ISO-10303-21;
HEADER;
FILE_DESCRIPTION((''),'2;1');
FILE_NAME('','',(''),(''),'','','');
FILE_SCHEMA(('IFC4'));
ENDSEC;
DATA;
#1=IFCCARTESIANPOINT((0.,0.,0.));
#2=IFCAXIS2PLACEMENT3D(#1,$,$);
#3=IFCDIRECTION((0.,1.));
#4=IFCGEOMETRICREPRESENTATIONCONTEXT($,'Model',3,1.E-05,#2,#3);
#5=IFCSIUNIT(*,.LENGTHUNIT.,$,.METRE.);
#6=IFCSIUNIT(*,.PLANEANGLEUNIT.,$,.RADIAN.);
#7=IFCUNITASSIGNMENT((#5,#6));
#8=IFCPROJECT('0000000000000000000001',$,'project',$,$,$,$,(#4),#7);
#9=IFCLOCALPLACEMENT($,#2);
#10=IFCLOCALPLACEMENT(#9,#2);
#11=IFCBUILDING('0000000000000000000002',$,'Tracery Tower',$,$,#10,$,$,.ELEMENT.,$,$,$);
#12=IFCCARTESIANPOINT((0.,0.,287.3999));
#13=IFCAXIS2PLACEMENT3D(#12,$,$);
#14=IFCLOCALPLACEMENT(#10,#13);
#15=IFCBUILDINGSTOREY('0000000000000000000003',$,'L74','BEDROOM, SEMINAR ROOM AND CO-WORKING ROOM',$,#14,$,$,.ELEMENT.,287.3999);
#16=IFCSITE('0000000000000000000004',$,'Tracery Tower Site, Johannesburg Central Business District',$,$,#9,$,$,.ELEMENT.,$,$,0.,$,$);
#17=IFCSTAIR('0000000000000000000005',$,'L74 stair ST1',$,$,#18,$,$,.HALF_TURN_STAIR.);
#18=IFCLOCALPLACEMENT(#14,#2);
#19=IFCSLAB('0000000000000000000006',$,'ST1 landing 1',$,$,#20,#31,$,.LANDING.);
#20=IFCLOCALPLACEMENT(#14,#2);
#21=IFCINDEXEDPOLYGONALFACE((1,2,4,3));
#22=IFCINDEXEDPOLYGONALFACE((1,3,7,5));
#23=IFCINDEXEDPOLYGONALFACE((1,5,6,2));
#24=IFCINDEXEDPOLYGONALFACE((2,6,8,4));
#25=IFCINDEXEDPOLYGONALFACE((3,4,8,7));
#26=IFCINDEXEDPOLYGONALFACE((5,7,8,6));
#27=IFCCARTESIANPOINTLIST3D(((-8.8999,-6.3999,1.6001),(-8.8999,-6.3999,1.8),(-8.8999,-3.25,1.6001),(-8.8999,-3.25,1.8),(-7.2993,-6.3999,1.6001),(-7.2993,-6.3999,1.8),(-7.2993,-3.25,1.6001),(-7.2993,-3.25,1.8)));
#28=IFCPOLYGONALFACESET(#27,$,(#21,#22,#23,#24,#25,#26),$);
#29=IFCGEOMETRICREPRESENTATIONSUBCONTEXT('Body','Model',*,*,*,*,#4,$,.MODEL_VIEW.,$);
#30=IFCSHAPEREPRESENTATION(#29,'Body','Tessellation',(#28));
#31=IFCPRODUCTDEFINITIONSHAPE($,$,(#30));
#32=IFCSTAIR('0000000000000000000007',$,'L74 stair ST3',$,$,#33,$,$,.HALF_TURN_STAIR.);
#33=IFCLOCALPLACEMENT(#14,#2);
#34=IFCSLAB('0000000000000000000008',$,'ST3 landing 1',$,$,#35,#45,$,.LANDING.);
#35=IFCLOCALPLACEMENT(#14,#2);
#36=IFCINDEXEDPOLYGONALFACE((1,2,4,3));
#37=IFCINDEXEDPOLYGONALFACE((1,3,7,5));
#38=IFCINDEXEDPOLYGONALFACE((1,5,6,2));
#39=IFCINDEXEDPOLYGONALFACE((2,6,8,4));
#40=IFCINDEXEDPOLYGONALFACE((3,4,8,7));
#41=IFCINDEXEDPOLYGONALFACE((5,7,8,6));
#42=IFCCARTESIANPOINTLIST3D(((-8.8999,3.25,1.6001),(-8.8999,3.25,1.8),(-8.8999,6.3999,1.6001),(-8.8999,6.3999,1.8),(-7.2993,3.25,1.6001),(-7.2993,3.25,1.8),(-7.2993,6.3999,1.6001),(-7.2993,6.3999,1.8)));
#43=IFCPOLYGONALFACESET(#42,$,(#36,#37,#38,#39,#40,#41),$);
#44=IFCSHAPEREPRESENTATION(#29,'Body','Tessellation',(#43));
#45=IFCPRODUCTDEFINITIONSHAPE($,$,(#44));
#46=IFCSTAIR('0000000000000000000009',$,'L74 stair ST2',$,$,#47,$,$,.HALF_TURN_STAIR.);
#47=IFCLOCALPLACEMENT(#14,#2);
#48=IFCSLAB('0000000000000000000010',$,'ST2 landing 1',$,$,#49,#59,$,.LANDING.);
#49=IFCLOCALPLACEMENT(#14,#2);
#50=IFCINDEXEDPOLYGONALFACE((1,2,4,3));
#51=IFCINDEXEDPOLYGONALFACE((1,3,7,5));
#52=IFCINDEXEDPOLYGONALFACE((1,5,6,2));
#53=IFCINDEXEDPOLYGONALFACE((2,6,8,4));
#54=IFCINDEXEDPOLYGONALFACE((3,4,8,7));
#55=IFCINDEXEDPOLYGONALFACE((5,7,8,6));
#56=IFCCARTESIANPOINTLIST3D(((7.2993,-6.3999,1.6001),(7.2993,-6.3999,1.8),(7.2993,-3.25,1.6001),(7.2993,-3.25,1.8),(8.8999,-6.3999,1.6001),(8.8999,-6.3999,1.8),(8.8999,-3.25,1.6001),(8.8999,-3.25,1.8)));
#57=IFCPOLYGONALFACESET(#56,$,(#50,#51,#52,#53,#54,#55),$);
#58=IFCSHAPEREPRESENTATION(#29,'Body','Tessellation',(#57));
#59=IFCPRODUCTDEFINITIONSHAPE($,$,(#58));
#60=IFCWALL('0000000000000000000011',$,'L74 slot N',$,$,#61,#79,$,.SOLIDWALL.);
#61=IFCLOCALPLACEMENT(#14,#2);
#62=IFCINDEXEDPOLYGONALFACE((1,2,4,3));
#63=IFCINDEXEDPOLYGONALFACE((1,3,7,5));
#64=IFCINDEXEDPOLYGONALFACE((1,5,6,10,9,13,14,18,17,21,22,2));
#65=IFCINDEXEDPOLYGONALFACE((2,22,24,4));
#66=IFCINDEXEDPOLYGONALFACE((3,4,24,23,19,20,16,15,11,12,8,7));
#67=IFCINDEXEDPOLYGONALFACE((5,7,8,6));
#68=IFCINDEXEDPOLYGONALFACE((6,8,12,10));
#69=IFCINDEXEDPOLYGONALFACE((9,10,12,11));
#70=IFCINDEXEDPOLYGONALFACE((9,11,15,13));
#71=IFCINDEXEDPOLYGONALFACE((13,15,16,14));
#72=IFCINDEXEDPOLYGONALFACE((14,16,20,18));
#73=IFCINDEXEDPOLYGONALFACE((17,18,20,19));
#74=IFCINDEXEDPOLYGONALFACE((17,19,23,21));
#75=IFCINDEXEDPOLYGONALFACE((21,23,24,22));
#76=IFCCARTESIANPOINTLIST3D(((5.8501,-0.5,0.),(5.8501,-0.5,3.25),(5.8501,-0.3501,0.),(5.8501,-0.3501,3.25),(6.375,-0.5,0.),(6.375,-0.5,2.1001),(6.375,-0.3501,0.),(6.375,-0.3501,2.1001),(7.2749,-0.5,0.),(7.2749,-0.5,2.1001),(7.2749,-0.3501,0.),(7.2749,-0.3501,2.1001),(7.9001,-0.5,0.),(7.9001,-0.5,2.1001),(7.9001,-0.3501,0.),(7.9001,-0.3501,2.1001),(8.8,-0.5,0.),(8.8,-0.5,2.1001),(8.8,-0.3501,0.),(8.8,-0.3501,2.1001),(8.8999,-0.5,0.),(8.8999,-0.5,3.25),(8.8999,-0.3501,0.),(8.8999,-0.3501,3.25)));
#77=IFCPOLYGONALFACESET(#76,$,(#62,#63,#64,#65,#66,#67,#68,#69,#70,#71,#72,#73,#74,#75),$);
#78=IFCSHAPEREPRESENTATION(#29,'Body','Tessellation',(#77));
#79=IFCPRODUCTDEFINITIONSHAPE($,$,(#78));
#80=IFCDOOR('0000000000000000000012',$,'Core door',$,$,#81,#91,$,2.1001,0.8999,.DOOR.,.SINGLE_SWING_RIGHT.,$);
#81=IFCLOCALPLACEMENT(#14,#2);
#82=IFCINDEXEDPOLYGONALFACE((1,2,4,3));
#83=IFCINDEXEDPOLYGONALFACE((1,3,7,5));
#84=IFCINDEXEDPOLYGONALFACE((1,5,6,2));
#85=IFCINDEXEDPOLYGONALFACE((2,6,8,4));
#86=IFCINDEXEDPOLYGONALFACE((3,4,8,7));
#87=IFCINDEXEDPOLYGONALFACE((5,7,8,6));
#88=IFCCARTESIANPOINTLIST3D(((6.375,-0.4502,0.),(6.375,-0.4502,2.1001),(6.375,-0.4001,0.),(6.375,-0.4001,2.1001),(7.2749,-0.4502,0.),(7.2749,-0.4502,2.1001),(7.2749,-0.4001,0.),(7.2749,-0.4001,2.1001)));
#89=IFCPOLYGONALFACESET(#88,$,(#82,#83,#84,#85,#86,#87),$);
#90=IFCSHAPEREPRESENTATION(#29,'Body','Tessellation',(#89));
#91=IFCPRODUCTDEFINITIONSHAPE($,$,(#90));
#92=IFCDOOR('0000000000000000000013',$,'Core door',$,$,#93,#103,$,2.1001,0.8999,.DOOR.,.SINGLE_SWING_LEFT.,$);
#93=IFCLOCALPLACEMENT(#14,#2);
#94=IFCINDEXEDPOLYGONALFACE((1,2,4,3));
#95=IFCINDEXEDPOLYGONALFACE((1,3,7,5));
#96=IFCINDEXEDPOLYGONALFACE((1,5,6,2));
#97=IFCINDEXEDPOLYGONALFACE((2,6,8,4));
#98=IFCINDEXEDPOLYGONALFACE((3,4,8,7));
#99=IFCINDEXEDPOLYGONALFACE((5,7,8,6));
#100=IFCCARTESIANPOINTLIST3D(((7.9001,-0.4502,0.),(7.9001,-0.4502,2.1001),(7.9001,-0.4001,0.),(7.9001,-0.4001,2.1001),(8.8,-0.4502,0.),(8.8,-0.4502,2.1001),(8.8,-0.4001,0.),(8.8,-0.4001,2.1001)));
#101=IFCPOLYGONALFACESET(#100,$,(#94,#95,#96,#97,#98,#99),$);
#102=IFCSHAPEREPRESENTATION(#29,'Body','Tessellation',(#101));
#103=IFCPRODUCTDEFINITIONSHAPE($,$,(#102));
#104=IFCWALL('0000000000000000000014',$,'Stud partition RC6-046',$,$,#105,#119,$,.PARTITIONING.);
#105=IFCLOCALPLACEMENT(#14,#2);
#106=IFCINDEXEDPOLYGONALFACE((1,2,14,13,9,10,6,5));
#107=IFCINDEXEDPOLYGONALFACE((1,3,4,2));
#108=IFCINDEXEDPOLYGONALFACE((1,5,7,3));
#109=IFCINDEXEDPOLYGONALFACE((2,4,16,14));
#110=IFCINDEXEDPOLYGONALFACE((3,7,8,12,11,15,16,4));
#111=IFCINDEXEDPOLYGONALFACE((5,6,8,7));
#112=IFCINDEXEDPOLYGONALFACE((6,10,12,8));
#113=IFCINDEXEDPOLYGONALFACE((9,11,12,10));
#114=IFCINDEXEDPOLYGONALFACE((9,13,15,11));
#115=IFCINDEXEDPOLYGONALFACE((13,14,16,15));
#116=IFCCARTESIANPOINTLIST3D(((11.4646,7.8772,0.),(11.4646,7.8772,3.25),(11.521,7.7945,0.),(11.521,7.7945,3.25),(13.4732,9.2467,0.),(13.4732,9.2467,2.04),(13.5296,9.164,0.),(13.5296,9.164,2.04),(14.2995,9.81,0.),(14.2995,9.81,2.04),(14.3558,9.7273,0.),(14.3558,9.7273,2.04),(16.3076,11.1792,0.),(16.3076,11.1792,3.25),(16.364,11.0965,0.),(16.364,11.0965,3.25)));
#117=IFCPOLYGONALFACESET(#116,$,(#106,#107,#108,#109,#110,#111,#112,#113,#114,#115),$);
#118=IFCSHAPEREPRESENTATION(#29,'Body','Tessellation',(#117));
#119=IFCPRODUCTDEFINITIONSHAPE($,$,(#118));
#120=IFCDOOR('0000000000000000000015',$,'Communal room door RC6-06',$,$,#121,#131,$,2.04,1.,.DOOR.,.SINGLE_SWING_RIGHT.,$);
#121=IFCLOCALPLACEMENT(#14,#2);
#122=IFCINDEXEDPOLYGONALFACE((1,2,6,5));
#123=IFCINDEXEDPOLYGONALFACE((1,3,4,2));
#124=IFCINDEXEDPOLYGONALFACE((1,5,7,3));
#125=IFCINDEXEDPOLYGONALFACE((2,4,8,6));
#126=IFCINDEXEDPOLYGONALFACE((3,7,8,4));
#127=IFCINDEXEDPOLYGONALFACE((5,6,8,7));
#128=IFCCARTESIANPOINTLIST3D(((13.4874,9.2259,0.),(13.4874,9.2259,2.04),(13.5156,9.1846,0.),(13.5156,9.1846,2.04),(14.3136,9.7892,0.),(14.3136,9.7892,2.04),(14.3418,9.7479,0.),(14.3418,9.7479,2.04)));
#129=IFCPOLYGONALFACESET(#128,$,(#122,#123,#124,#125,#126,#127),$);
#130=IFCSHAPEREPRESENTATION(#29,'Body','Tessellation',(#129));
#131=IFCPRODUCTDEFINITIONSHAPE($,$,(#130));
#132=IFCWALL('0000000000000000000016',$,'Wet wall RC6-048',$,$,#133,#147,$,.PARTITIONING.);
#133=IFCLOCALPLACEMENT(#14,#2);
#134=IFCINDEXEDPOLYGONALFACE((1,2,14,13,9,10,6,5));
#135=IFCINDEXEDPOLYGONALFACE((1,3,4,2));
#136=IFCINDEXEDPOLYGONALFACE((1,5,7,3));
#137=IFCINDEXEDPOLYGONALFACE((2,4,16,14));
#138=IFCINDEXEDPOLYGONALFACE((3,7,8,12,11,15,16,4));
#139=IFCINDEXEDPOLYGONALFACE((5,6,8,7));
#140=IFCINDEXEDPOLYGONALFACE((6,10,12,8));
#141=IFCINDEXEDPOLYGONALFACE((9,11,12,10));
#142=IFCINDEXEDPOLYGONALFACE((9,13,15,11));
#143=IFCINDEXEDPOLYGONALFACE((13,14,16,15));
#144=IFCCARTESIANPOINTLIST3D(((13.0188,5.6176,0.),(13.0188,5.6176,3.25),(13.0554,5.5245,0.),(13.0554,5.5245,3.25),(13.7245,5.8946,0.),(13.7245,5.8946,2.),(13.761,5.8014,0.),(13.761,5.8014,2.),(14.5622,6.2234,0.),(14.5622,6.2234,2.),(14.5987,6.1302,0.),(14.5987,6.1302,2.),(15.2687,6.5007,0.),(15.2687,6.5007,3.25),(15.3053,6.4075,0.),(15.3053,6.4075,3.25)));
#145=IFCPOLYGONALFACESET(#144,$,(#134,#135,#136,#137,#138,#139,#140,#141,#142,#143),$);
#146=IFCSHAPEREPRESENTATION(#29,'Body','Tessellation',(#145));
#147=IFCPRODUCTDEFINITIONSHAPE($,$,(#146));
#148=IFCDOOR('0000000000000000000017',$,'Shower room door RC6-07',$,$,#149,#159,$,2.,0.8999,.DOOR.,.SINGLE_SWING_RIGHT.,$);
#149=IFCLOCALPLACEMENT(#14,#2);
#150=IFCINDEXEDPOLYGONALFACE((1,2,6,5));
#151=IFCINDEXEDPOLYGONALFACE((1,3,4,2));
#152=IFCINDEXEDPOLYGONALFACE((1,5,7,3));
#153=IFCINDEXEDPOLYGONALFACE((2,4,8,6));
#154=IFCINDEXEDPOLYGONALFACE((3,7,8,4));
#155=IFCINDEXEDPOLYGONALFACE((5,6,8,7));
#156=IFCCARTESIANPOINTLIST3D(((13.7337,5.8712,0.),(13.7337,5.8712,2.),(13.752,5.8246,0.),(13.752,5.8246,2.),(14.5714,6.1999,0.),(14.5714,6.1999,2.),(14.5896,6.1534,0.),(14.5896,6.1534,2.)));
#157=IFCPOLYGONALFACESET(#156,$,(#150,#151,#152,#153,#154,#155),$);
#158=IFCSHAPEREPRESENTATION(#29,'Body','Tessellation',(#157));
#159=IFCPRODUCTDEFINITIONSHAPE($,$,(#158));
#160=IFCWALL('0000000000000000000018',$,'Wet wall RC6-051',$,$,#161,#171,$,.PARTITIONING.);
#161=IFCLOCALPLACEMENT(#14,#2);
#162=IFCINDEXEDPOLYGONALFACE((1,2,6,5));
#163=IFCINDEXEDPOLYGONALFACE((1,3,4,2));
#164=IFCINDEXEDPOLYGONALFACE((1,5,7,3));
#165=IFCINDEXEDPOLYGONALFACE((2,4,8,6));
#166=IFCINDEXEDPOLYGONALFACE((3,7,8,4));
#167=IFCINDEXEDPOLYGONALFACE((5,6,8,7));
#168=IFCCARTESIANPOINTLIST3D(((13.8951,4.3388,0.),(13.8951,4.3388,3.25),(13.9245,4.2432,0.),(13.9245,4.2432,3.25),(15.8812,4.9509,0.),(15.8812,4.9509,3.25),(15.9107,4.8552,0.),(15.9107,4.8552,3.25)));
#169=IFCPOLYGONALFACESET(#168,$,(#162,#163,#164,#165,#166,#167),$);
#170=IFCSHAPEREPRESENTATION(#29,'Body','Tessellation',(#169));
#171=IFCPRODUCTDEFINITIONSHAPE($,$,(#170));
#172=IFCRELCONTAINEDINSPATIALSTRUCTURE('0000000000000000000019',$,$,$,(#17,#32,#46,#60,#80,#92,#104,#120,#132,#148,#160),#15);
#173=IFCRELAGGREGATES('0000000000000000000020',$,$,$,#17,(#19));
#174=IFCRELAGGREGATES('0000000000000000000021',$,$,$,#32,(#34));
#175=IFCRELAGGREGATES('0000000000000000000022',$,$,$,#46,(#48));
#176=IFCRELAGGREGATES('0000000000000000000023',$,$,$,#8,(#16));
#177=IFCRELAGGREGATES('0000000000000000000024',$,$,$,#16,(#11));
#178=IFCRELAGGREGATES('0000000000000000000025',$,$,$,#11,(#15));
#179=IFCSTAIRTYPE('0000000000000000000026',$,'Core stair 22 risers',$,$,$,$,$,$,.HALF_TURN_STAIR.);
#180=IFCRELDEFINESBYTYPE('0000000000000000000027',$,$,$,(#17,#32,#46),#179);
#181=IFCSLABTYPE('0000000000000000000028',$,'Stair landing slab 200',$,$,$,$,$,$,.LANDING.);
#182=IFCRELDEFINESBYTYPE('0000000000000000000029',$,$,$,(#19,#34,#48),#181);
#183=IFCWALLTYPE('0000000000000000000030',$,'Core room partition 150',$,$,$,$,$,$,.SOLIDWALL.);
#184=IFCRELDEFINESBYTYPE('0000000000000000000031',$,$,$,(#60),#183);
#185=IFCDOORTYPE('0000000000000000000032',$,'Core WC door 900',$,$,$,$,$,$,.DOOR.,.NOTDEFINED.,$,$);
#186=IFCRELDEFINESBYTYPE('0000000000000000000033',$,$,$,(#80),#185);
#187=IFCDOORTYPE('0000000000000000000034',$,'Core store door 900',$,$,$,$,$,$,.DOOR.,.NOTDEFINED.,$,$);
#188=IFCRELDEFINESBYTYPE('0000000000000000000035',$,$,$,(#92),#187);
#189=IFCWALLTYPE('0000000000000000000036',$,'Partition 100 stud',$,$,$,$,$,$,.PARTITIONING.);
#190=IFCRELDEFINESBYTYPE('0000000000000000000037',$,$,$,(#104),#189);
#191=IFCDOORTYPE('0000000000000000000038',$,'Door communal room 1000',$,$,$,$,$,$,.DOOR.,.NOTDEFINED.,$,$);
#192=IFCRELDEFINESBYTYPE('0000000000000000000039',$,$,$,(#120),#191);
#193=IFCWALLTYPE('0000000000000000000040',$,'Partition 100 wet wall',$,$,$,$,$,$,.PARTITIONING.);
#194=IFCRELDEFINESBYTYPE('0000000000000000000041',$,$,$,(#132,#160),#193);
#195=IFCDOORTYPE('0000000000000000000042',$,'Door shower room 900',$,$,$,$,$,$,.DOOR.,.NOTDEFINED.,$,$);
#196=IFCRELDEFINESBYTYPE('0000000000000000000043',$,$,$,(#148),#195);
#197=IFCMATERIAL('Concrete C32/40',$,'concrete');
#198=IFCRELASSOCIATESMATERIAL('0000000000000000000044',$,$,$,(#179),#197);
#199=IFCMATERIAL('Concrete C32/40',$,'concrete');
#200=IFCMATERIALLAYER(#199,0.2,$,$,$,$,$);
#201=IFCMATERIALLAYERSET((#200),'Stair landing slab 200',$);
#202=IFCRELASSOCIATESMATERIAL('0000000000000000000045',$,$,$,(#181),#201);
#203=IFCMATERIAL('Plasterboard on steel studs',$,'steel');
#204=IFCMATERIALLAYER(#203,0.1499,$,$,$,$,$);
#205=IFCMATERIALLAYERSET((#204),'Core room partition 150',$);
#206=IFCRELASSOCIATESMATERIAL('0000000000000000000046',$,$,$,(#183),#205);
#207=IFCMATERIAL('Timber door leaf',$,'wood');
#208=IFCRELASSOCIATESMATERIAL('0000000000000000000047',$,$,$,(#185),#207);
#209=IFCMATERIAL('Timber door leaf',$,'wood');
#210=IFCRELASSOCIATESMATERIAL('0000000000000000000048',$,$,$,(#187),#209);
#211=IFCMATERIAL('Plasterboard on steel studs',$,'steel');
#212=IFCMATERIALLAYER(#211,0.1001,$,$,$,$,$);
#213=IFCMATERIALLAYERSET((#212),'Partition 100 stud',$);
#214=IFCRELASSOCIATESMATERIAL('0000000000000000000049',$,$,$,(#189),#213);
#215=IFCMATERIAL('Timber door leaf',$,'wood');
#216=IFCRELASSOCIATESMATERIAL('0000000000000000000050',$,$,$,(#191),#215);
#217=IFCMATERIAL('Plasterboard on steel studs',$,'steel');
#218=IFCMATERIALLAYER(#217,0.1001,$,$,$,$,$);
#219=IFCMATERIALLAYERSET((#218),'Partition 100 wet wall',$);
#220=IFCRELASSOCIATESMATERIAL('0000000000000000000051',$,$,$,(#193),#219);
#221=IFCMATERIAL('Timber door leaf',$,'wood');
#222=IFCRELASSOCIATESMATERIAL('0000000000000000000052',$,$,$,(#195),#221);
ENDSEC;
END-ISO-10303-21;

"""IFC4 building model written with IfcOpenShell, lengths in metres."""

from ifc_helpers import new_model, si_unit, direction, frame, frame_2d, origin, place, context, subcontext, project, spatial, polyline, rectangle, outline, extrude, material, layer, layer_set, type_object, element, fill, aggregate, save


model = new_model("IFC4")

# Units and contexts
model_context = context("Model", 3, precision=1e-05, world=origin(), true_north=direction((0.0, 1.0)))
body_context = subcontext(model_context, "Body", "Model", "MODEL_VIEW")
ifc_project = project(units=[si_unit("LENGTHUNIT", "METRE"), si_unit("PLANEANGLEUNIT", "RADIAN")], contexts=[model_context])

# Site, building, storey
site_placement = place(None, origin())
site = spatial("IfcSite", under=ifc_project, at=site_placement, Name="Tracery Tower Site, Johannesburg Central Business District", CompositionType="ELEMENT", RefElevation=0.0)
building_placement = place(site_placement, origin())
building = spatial("IfcBuilding", under=site, at=building_placement, Name="Tracery Tower", CompositionType="ELEMENT")
storey_placement = place(building_placement, frame((0.0, 0.0, 287.3999)))
storey = spatial("IfcBuildingStorey", under=building, at=storey_placement, Name="L74", Description="BEDROOM, SEMINAR ROOM AND CO-WORKING ROOM", CompositionType="ELEMENT", Elevation=287.3999)

# Stairs, slabs
ifc_material_1 = material(Name="Concrete C32/40", Category="concrete")
stair_type = type_object("IfcStairType", Name="Core stair 22 risers", PredefinedType="HALF_TURN_STAIR", material=ifc_material_1)
stair_1_placement = place(storey_placement, origin())
stair_1 = element("IfcStair", 1, at=stair_1_placement, inside=storey, type_object=stair_type, Name="L74 stair ST1", PredefinedType="HALF_TURN_STAIR")
ifc_material_2 = material(Name="Concrete C32/40", Category="concrete")
ifc_layer_1 = layer(ifc_material_2, 0.2)
ifc_layer_set_1 = layer_set([ifc_layer_1], Name="Stair landing slab 200")
slab_type = type_object("IfcSlabType", Name="Stair landing slab 200", PredefinedType="LANDING", material=ifc_layer_set_1)
slab_1_placement = place(storey_placement, frame((0.0, 0.0, 1.6001)))
slab_1 = element("IfcSlab", 2, at=slab_1_placement, type_object=slab_type, Name="ST1 landing 1", PredefinedType="LANDING", context=body_context, shape_type="SweptSolid", body=[
    extrude(outline(polyline([(-7.2993, -3.25), (-8.8999, -3.25), (-8.8999, -6.3999), (-7.2993, -6.3999), (-7.2993, -3.25)])), origin(), (0.0, 0.0, 1.0), 0.2),
])
aggregate(stair_1, [slab_1])
stair_2_placement = place(storey_placement, origin())
stair_2 = element("IfcStair", 3, at=stair_2_placement, inside=storey, type_object=stair_type, Name="L74 stair ST3", PredefinedType="HALF_TURN_STAIR")
slab_2_placement = place(storey_placement, frame((0.0, 0.0, 1.6001)))
slab_2 = element("IfcSlab", 4, at=slab_2_placement, type_object=slab_type, Name="ST3 landing 1", PredefinedType="LANDING", context=body_context, shape_type="SweptSolid", body=[
    extrude(outline(polyline([(-7.2993, 6.3999), (-8.8999, 6.3999), (-8.8999, 3.25), (-7.2993, 3.25), (-7.2993, 6.3999)])), origin(), (0.0, 0.0, 1.0), 0.2),
])
aggregate(stair_2, [slab_2])
stair_3_placement = place(storey_placement, origin())
stair_3 = element("IfcStair", 5, at=stair_3_placement, inside=storey, type_object=stair_type, Name="L74 stair ST2", PredefinedType="HALF_TURN_STAIR")
slab_3_placement = place(storey_placement, frame((0.0, 0.0, 1.6001)))
slab_3 = element("IfcSlab", 6, at=slab_3_placement, type_object=slab_type, Name="ST2 landing 1", PredefinedType="LANDING", context=body_context, shape_type="SweptSolid", body=[
    extrude(outline(polyline([(7.2993, -6.3999), (8.8999, -6.3999), (8.8999, -3.25), (7.2993, -3.25), (7.2993, -6.3999)])), origin(), (0.0, 0.0, 1.0), 0.2),
])
aggregate(stair_3, [slab_3])

# Wall, openings, doors
ifc_material_3 = material(Name="Plasterboard on steel studs", Category="steel")
ifc_layer_2 = layer(ifc_material_3, 0.1499)
ifc_layer_set_2 = layer_set([ifc_layer_2], Name="Core room partition 150")
wall_type_1 = type_object("IfcWallType", Name="Core room partition 150", PredefinedType="SOLIDWALL", material=ifc_layer_set_2)
wall_1_placement = place(storey_placement, frame((5.8501, -0.425, 0.0), z_axis=(0.0, 0.0, 1.0), x_axis=(1.0, 0.0, 0.0)))
wall_1 = element("IfcWall", 7, at=wall_1_placement, inside=storey, type_object=wall_type_1, Name="L74 slot N", PredefinedType="SOLIDWALL", context=body_context, shape_type="SweptSolid", body=[
    extrude(rectangle(XDim=3.0498, YDim=0.1499, at=frame_2d((1.5249, 0.0))), origin(), (0.0, 0.0, 1.0), 3.25),
])
opening_1_placement = place(wall_1_placement, frame((0.5249, 0.0, 0.0)))
opening_1 = element("IfcOpeningElement", 8, at=opening_1_placement, cuts=wall_1, PredefinedType="OPENING", context=body_context, shape_type="SweptSolid", body=[
    extrude(rectangle(XDim=0.8999, YDim=2.1001, at=frame_2d((0.45, 1.05))), frame((0.0, 0.075, 0.0), z_axis=(0.0, -1.0, 0.0), x_axis=(1.0, 0.0, 0.0)), (0.0, 0.0, 1.0), 0.1499),
])
opening_2_placement = place(wall_1_placement, frame((2.05, 0.0, 0.0)))
opening_2 = element("IfcOpeningElement", 9, at=opening_2_placement, cuts=wall_1, PredefinedType="OPENING", context=body_context, shape_type="SweptSolid", body=[
    extrude(rectangle(XDim=0.8999, YDim=2.1001, at=frame_2d((0.45, 1.05))), frame((0.0, 0.075, 0.0), z_axis=(0.0, -1.0, 0.0), x_axis=(1.0, 0.0, 0.0)), (0.0, 0.0, 1.0), 0.1499),
])
ifc_material_4 = material(Name="Timber door leaf", Category="wood")
door_type_1 = type_object("IfcDoorType", Name="Core WC door 900", OperationType="NOTDEFINED", PredefinedType="DOOR", material=ifc_material_4)
door_1_placement = place(opening_1_placement, origin())
door_1 = element("IfcDoor", 10, at=door_1_placement, inside=storey, type_object=door_type_1, Name="Core door", OperationType="SINGLE_SWING_RIGHT", OverallHeight=2.1001, OverallWidth=0.8999, PredefinedType="DOOR", context=body_context, shape_type="SweptSolid", body=[
    extrude(rectangle(XDim=0.8999, YDim=2.1001, at=frame_2d((0.45, 1.05))), frame((0.0, 0.0249, 0.0), z_axis=(0.0, -1.0, 0.0), x_axis=(1.0, 0.0, 0.0)), (0.0, 0.0, 1.0), 0.05),
])
fill(opening_1, door_1)
ifc_material_5 = material(Name="Timber door leaf", Category="wood")
door_type_2 = type_object("IfcDoorType", Name="Core store door 900", OperationType="NOTDEFINED", PredefinedType="DOOR", material=ifc_material_5)
door_2_placement = place(opening_2_placement, origin())
door_2 = element("IfcDoor", 11, at=door_2_placement, inside=storey, type_object=door_type_2, Name="Core door", OperationType="SINGLE_SWING_LEFT", OverallHeight=2.1001, OverallWidth=0.8999, PredefinedType="DOOR", context=body_context, shape_type="SweptSolid", body=[
    extrude(rectangle(XDim=0.8999, YDim=2.1001, at=frame_2d((0.45, 1.05))), frame((0.0, 0.0249, 0.0), z_axis=(0.0, -1.0, 0.0), x_axis=(1.0, 0.0, 0.0)), (0.0, 0.0, 1.0), 0.05),
])
fill(opening_2, door_2)

# Walls, openings, doors
ifc_material_6 = material(Name="Plasterboard on steel studs", Category="steel")
ifc_layer_3 = layer(ifc_material_6, 0.1001)
ifc_layer_set_3 = layer_set([ifc_layer_3], Name="Partition 100 stud")
wall_type_2 = type_object("IfcWallType", Name="Partition 100 stud", PredefinedType="PARTITIONING", material=ifc_layer_set_3)
wall_2_placement = place(storey_placement, frame((11.4929, 7.8359, 0.0), z_axis=(0.0, 0.0, 1.0), x_axis=(0.826232, 0.56333, 0.0)))
wall_2 = element("IfcWall", 12, at=wall_2_placement, inside=storey, type_object=wall_type_2, Name="Stud partition RC6-046", PredefinedType="PARTITIONING", context=body_context, shape_type="SweptSolid", body=[
    extrude(rectangle(XDim=5.8616, YDim=0.1001, at=frame_2d((2.9307, 0.0))), origin(), (0.0, 0.0, 1.0), 3.25),
])
opening_3_placement = place(wall_2_placement, frame((2.4309, 0.0, 0.0)))
opening_3 = element("IfcOpeningElement", 13, at=opening_3_placement, cuts=wall_2, PredefinedType="OPENING", context=body_context, shape_type="SweptSolid", body=[
    extrude(rectangle(XDim=1.0, YDim=2.04, at=frame_2d((0.5, 1.02))), frame((0.0, 0.05, 0.0), z_axis=(0.0, -1.0, 0.0), x_axis=(1.0, 0.0, 0.0)), (0.0, 0.0, 1.0), 0.1001),
])
ifc_material_7 = material(Name="Timber door leaf", Category="wood")
door_type_3 = type_object("IfcDoorType", Name="Door communal room 1000", OperationType="NOTDEFINED", PredefinedType="DOOR", material=ifc_material_7)
door_3_placement = place(opening_3_placement, origin())
door_3 = element("IfcDoor", 14, at=door_3_placement, inside=storey, type_object=door_type_3, Name="Communal room door RC6-06", OperationType="SINGLE_SWING_RIGHT", OverallHeight=2.04, OverallWidth=1.0, PredefinedType="DOOR", context=body_context, shape_type="SweptSolid", body=[
    extrude(rectangle(XDim=1.0, YDim=2.04, at=frame_2d((0.5, 1.02))), frame((0.0, 0.0249, 0.0), z_axis=(0.0, -1.0, 0.0), x_axis=(1.0, 0.0, 0.0)), (0.0, 0.0, 1.0), 0.05),
])
fill(opening_3, door_3)
ifc_material_8 = material(Name="Plasterboard on steel studs", Category="steel")
ifc_layer_4 = layer(ifc_material_8, 0.1001)
ifc_layer_set_4 = layer_set([ifc_layer_4], Name="Partition 100 wet wall")
wall_type_3 = type_object("IfcWallType", Name="Partition 100 wet wall", PredefinedType="PARTITIONING", material=ifc_layer_set_4)
wall_3_placement = place(storey_placement, frame((13.0371, 5.571, 0.0), z_axis=(0.0, 0.0, 1.0), x_axis=(0.930874, 0.36534, 0.0)))
wall_3 = element("IfcWall", 15, at=wall_3_placement, inside=storey, type_object=wall_type_3, Name="Wet wall RC6-048", PredefinedType="PARTITIONING", context=body_context, shape_type="SweptSolid", body=[
    extrude(rectangle(XDim=2.417, YDim=0.1001, at=frame_2d((1.2085, 0.0))), origin(), (0.0, 0.0, 1.0), 3.25),
])
opening_4_placement = place(wall_3_placement, frame((0.7581, 0.0, 0.0)))
opening_4 = element("IfcOpeningElement", 16, at=opening_4_placement, cuts=wall_3, PredefinedType="OPENING", context=body_context, shape_type="SweptSolid", body=[
    extrude(rectangle(XDim=0.8999, YDim=2.0, at=frame_2d((0.45, 1.0))), frame((0.0, 0.05, 0.0), z_axis=(0.0, -1.0, 0.0), x_axis=(1.0, 0.0, 0.0)), (0.0, 0.0, 1.0), 0.1001),
])
ifc_material_9 = material(Name="Timber door leaf", Category="wood")
door_type_4 = type_object("IfcDoorType", Name="Door shower room 900", OperationType="NOTDEFINED", PredefinedType="DOOR", material=ifc_material_9)
door_4_placement = place(opening_4_placement, origin())
door_4 = element("IfcDoor", 17, at=door_4_placement, inside=storey, type_object=door_type_4, Name="Shower room door RC6-07", OperationType="SINGLE_SWING_RIGHT", OverallHeight=2.0, OverallWidth=0.8999, PredefinedType="DOOR", context=body_context, shape_type="SweptSolid", body=[
    extrude(rectangle(XDim=0.8999, YDim=2.0, at=frame_2d((0.45, 1.0))), frame((0.0, 0.0249, 0.0), z_axis=(0.0, -1.0, 0.0), x_axis=(1.0, 0.0, 0.0)), (0.0, 0.0, 1.0), 0.05),
])
fill(opening_4, door_4)

# Wall
wall_4_placement = place(storey_placement, frame((13.9099, 4.291, 0.0), z_axis=(0.0, 0.0, 1.0), x_axis=(0.955649, 0.294507, 0.0)))
element("IfcWall", 18, at=wall_4_placement, inside=storey, type_object=wall_type_3, Name="Wet wall RC6-051", PredefinedType="PARTITIONING", context=body_context, shape_type="SweptSolid", body=[
    extrude(rectangle(XDim=2.0784, YDim=0.1001, at=frame_2d((1.0391, 0.0))), origin(), (0.0, 0.0, 1.0), 3.25),
])

save(model, "model.ifc")
